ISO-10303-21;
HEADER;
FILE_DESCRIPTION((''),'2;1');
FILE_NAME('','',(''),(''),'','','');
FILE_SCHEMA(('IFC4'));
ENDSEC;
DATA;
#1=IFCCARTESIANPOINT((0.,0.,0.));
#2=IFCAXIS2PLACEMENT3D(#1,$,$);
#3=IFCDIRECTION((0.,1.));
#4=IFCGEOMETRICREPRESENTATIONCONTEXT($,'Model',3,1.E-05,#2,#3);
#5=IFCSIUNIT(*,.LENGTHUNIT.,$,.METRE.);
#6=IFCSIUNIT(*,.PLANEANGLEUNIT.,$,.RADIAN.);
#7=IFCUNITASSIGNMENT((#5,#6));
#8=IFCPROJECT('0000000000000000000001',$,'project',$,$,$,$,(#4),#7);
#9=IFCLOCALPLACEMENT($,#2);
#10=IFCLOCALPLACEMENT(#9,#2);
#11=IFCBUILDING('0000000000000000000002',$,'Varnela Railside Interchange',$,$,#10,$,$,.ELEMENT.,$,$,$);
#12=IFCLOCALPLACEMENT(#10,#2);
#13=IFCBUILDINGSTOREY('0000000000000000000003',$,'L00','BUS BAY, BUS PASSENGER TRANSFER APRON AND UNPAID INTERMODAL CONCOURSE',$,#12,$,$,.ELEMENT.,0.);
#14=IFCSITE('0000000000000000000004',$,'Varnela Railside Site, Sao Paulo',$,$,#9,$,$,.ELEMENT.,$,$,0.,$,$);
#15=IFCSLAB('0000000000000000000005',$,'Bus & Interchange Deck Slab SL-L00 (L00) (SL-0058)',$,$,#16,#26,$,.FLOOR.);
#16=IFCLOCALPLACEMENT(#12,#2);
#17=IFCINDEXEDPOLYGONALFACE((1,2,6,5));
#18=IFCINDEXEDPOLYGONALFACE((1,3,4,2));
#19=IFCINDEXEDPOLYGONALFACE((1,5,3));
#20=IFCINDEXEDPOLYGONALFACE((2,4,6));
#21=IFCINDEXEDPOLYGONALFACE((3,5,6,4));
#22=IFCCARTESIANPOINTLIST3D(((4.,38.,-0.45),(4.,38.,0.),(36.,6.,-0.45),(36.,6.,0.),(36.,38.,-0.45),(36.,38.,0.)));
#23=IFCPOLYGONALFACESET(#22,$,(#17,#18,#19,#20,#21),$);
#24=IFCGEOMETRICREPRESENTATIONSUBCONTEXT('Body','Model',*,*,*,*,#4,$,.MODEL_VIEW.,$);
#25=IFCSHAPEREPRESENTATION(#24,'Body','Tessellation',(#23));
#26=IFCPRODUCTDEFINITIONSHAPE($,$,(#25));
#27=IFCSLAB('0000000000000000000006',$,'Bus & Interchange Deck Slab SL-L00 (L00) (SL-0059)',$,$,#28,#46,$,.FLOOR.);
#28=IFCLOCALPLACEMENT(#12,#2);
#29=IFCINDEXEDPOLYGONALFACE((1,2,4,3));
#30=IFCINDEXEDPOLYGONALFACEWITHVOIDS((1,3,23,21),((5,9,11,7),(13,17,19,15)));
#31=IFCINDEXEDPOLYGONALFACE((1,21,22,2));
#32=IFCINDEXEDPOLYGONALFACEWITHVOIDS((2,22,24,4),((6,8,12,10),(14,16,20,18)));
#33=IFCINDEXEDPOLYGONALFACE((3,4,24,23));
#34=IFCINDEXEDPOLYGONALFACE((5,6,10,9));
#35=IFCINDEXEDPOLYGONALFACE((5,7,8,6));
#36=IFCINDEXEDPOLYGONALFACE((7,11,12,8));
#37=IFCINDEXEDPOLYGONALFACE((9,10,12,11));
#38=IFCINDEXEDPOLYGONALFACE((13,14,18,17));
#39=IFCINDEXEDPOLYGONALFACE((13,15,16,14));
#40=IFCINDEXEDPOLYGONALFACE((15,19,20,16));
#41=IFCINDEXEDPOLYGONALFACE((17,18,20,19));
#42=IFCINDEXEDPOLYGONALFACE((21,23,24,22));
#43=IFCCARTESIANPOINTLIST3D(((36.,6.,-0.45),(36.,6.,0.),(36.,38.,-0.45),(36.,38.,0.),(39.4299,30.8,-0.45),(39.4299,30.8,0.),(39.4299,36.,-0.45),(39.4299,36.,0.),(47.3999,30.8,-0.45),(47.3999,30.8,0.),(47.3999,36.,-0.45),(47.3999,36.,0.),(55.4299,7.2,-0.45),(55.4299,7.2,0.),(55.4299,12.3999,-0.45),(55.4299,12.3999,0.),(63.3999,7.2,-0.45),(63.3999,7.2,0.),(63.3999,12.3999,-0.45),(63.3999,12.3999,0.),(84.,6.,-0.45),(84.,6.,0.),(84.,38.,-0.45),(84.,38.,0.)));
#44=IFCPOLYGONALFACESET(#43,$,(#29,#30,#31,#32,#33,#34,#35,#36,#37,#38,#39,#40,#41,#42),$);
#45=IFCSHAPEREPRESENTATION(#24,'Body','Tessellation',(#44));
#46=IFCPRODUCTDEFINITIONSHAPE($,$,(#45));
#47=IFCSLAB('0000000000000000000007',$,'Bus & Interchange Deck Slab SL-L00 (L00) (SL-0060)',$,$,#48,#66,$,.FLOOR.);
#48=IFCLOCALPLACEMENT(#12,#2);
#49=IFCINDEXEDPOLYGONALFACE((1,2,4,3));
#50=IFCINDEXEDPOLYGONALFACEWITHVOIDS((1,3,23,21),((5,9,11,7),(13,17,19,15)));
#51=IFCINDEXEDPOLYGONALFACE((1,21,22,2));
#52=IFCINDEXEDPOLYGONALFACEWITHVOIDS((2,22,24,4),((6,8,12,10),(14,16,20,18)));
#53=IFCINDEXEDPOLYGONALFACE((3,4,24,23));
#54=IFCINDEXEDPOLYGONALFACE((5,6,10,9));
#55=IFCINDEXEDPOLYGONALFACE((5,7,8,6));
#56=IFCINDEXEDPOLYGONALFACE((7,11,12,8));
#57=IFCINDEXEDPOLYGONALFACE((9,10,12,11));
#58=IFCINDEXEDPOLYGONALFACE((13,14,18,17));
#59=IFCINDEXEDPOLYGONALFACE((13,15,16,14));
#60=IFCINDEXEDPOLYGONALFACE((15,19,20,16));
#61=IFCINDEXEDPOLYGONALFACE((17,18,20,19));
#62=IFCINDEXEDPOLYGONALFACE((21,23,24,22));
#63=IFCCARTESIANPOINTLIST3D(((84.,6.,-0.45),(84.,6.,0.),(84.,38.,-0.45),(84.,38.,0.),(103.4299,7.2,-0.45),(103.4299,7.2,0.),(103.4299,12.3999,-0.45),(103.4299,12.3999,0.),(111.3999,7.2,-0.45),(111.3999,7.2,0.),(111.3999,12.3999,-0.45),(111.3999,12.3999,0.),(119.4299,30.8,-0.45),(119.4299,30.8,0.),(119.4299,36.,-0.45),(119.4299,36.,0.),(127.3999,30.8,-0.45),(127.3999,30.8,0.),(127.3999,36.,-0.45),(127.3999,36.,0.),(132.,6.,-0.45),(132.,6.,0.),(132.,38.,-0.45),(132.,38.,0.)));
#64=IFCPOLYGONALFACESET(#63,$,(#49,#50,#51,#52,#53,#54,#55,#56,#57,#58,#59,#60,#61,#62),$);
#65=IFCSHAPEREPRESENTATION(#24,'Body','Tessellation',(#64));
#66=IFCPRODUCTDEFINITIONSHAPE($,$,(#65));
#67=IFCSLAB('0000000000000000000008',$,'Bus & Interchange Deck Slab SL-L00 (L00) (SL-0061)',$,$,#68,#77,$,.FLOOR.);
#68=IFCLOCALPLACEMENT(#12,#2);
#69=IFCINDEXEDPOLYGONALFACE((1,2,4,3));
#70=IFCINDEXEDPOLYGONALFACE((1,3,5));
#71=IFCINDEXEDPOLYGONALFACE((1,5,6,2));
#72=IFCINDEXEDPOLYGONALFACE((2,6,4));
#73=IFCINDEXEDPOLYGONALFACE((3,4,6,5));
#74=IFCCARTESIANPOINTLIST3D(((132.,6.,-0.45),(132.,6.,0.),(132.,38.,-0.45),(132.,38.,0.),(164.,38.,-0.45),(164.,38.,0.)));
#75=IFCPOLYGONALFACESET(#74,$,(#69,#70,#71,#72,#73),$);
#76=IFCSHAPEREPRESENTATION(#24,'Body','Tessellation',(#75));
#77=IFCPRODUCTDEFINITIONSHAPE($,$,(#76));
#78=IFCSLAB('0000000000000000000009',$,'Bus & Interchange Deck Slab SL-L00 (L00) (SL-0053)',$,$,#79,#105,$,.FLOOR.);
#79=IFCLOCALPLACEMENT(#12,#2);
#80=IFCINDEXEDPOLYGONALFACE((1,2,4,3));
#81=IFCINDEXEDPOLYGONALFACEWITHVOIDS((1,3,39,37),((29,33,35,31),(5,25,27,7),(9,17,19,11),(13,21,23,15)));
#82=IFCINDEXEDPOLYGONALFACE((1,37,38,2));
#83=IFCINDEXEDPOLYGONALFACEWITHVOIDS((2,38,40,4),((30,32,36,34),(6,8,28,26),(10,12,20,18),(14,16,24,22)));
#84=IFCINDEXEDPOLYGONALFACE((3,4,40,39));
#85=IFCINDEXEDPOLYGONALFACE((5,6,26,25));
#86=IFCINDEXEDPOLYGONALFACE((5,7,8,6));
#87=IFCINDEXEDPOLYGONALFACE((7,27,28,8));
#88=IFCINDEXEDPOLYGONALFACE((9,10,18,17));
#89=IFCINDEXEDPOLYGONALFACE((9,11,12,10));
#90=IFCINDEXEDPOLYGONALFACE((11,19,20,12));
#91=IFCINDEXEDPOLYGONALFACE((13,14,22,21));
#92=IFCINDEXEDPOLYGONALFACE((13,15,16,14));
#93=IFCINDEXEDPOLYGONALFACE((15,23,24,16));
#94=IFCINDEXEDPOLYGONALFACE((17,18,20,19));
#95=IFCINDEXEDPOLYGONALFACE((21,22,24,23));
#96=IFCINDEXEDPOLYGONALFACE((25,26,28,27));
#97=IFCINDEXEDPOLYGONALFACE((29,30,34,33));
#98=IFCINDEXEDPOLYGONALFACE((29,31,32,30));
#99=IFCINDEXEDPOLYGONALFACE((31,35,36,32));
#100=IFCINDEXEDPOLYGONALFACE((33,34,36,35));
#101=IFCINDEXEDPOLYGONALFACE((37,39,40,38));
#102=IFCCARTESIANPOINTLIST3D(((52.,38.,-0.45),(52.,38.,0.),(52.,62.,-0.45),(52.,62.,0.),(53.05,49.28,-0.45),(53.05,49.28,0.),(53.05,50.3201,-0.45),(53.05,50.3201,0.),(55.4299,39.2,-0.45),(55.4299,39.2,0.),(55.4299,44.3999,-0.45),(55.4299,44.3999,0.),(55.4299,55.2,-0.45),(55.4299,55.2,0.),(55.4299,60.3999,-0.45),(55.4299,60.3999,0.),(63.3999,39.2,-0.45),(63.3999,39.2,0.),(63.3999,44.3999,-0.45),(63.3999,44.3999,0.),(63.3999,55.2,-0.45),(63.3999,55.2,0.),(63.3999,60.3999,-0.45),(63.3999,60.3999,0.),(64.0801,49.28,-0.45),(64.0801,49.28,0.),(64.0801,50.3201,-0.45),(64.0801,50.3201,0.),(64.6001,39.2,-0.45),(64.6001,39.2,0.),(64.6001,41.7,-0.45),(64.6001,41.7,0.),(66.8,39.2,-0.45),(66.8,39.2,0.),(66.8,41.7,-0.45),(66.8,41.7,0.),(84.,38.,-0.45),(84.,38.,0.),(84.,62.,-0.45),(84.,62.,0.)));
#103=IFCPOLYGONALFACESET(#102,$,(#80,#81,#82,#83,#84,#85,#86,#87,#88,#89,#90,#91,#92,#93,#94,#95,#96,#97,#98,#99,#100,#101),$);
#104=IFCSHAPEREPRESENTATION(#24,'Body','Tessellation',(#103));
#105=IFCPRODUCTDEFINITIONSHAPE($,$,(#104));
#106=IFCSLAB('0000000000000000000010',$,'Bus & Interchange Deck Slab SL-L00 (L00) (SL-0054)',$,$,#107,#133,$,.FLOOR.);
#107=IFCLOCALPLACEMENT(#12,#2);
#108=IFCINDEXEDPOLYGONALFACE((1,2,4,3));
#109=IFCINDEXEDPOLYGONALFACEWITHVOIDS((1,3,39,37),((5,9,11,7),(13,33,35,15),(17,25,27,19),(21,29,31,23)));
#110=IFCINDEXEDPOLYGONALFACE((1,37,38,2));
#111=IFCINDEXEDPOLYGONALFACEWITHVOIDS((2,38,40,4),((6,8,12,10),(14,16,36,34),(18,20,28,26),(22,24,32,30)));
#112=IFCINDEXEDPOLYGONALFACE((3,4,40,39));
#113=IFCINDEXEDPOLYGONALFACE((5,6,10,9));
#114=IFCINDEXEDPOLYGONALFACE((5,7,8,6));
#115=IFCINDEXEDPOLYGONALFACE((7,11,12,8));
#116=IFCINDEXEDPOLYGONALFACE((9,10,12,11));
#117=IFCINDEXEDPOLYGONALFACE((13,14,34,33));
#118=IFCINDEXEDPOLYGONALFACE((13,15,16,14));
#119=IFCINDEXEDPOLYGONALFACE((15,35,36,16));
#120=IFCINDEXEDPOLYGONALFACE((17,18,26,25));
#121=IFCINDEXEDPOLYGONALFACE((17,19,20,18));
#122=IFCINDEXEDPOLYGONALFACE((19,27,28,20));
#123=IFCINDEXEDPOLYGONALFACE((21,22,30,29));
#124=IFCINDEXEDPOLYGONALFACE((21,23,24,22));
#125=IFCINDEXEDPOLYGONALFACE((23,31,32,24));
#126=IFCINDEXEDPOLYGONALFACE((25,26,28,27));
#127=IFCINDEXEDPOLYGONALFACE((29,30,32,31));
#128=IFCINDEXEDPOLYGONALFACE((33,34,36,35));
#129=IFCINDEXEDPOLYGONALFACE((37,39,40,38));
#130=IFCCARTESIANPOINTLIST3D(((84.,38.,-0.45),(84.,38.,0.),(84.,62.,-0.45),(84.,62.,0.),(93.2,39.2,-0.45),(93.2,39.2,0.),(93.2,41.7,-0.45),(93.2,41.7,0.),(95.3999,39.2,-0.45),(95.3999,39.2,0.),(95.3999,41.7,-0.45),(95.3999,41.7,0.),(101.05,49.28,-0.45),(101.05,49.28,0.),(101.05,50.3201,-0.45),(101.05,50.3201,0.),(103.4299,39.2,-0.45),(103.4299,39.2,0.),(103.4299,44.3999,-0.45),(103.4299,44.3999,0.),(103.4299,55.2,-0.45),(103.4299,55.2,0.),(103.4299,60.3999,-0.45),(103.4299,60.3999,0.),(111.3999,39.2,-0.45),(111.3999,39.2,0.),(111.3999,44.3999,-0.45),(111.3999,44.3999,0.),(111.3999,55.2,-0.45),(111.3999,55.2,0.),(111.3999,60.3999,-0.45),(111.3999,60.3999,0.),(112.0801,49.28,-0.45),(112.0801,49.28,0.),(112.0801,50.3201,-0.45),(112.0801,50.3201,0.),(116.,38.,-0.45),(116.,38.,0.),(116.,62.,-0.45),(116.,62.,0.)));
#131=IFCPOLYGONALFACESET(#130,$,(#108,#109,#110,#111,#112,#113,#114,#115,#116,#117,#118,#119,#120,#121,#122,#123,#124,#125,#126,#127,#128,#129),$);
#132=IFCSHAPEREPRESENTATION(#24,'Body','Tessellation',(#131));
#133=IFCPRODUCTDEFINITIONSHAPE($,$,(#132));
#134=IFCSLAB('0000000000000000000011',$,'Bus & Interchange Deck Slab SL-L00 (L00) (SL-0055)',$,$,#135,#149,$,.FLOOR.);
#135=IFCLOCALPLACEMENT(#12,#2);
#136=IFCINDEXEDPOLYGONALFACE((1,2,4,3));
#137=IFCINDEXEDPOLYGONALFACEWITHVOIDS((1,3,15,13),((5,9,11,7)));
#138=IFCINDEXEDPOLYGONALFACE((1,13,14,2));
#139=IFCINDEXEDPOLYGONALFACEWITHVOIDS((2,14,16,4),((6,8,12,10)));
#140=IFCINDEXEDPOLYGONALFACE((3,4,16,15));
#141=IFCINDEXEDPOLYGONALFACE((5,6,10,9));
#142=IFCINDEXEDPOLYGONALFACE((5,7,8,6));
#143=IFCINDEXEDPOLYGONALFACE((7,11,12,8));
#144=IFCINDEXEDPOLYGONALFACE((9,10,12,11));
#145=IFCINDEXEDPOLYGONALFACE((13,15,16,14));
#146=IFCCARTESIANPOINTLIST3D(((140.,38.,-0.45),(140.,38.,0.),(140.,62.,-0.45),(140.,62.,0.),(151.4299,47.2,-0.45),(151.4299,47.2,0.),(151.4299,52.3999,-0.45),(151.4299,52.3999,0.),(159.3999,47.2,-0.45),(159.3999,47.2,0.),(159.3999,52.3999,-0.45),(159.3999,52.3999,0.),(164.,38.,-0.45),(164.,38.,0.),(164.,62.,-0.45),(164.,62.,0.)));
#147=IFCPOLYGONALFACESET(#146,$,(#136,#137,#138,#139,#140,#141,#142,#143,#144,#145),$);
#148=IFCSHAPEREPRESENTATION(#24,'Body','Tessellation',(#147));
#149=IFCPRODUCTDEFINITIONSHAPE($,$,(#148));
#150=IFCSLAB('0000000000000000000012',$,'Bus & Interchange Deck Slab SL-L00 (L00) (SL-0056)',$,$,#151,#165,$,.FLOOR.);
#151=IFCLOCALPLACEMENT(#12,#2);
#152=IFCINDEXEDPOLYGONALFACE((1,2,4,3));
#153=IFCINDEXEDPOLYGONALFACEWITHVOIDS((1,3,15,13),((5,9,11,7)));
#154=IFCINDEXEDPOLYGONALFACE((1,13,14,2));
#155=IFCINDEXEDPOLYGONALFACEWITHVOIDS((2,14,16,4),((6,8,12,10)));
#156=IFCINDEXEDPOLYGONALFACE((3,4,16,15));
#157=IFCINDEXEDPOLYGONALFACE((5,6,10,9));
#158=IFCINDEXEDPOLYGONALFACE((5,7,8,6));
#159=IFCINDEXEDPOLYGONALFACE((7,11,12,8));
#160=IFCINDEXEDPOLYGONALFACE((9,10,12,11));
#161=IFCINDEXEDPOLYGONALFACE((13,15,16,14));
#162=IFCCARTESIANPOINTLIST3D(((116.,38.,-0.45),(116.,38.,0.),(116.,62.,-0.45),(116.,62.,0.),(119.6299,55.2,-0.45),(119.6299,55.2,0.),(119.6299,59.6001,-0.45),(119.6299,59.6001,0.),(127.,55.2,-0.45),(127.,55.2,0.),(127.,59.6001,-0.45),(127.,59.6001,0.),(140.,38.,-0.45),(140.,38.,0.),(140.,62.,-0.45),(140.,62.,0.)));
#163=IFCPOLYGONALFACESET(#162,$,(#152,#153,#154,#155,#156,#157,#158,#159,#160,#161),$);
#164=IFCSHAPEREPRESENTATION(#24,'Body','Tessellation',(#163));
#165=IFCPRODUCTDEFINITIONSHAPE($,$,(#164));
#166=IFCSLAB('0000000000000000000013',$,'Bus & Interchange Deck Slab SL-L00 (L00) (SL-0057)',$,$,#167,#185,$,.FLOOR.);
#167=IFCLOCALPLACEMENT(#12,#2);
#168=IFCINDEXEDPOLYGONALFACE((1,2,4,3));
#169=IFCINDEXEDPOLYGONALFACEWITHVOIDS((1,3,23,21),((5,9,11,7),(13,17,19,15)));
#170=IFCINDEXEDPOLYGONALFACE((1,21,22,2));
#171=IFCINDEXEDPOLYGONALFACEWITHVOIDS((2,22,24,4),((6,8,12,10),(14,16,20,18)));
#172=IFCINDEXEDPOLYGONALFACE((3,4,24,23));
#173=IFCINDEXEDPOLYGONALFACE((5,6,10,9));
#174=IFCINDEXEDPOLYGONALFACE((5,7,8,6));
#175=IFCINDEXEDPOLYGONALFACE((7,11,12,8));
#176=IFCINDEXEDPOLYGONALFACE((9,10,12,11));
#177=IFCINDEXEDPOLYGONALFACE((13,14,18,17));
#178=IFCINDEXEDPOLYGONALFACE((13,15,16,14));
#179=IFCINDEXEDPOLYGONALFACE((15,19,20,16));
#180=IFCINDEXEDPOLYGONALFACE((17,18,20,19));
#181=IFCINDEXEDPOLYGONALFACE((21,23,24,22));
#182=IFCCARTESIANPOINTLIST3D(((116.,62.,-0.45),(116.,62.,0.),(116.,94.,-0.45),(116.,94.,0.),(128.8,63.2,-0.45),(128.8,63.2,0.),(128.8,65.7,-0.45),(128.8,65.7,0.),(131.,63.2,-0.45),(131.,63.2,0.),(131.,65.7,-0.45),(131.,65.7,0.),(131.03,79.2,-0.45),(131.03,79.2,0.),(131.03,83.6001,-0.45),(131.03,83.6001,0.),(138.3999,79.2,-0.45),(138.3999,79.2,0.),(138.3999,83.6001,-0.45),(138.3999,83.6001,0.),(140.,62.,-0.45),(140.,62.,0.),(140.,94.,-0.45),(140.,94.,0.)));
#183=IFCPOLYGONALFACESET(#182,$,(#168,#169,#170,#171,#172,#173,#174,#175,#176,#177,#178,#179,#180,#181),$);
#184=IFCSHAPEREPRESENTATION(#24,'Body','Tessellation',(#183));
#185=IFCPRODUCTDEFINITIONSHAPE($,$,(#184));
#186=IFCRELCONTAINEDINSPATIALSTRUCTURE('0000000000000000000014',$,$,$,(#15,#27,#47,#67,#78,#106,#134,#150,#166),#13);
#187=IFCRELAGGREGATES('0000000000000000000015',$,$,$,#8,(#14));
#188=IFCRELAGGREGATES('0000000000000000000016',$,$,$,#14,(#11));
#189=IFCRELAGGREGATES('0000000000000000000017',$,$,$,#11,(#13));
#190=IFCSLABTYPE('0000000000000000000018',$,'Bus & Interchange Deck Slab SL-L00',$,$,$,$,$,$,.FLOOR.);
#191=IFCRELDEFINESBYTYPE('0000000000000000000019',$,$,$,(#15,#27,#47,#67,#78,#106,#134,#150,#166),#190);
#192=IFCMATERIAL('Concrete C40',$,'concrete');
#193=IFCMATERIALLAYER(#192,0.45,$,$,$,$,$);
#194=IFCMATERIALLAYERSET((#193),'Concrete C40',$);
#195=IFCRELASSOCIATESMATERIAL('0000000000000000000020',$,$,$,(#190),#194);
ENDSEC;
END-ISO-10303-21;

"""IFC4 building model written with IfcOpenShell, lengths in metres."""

from ifc_helpers import new_model, si_unit, direction, frame, origin, place, context, subcontext, project, spatial, polyline, outline, extrude, material, layer, layer_set, type_object, element, save


model = new_model("IFC4")

# Units and contexts
model_context = context("Model", 3, precision=1e-05, world=origin(), true_north=direction((0.0, 1.0)))
body_context = subcontext(model_context, "Body", "Model", "MODEL_VIEW")
ifc_project = project(units=[si_unit("LENGTHUNIT", "METRE"), si_unit("PLANEANGLEUNIT", "RADIAN")], contexts=[model_context])

# Site, building, storey
site_placement = place(None, origin())
site = spatial("IfcSite", under=ifc_project, at=site_placement, Name="Varnela Railside Site, Sao Paulo", CompositionType="ELEMENT", RefElevation=0.0)
building_placement = place(site_placement, origin())
building = spatial("IfcBuilding", under=site, at=building_placement, Name="Varnela Railside Interchange", CompositionType="ELEMENT")
storey_placement = place(building_placement, origin())
storey = spatial("IfcBuildingStorey", under=building, at=storey_placement, Name="L00", Description="BUS BAY, BUS PASSENGER TRANSFER APRON AND UNPAID INTERMODAL CONCOURSE", CompositionType="ELEMENT", Elevation=0.0)

# Slabs
ifc_material_1 = material(Name="Concrete C40", Category="concrete")
ifc_layer_1 = layer(ifc_material_1, 0.45)
ifc_layer_set_1 = layer_set([ifc_layer_1], Name="Concrete C40")
slab_type_1 = type_object("IfcSlabType", Name="Bus & Interchange Deck Slab SL-L00", PredefinedType="FLOOR", material=ifc_layer_set_1)
slab_1_placement = place(storey_placement, frame((0.0, 0.0, -0.45)))
element("IfcSlab", 1, at=slab_1_placement, inside=storey, type_object=slab_type_1, Name="Bus & Interchange Deck Slab SL-L00 (L00) (SL-0058)", PredefinedType="FLOOR", context=body_context, shape_type="SweptSolid", body=[
    extrude(outline(polyline([(4.0, 38.0), (36.0, 6.0), (36.0, 38.0), (4.0, 38.0)])), origin(), (0.0, 0.0, 1.0), 0.45),
])
slab_2_placement = place(storey_placement, frame((0.0, 0.0, -0.45)))
element("IfcSlab", 2, at=slab_2_placement, inside=storey, type_object=slab_type_1, Name="Bus & Interchange Deck Slab SL-L00 (L00) (SL-0059)", PredefinedType="FLOOR", context=body_context, shape_type="SweptSolid", body=[
    extrude(outline(polyline([(36.0, 6.0), (84.0, 6.0), (84.0, 38.0), (36.0, 38.0), (36.0, 6.0)]), holes=[polyline([(39.4299, 30.8), (47.3999, 30.8), (47.3999, 36.0), (39.4299, 36.0), (39.4299, 30.8)]), polyline([(55.4299, 7.2), (63.3999, 7.2), (63.3999, 12.3999), (55.4299, 12.3999), (55.4299, 7.2)])]), origin(), (0.0, 0.0, 1.0), 0.45),
])
slab_3_placement = place(storey_placement, frame((0.0, 0.0, -0.45)))
element("IfcSlab", 3, at=slab_3_placement, inside=storey, type_object=slab_type_1, Name="Bus & Interchange Deck Slab SL-L00 (L00) (SL-0060)", PredefinedType="FLOOR", context=body_context, shape_type="SweptSolid", body=[
    extrude(outline(polyline([(84.0, 6.0), (132.0, 6.0), (132.0, 38.0), (84.0, 38.0), (84.0, 6.0)]), holes=[polyline([(119.4299, 30.8), (127.3999, 30.8), (127.3999, 36.0), (119.4299, 36.0), (119.4299, 30.8)]), polyline([(103.4299, 7.2), (111.3999, 7.2), (111.3999, 12.3999), (103.4299, 12.3999), (103.4299, 7.2)])]), origin(), (0.0, 0.0, 1.0), 0.45),
])
slab_4_placement = place(storey_placement, frame((0.0, 0.0, -0.45)))
element("IfcSlab", 4, at=slab_4_placement, inside=storey, type_object=slab_type_1, Name="Bus & Interchange Deck Slab SL-L00 (L00) (SL-0061)", PredefinedType="FLOOR", context=body_context, shape_type="SweptSolid", body=[
    extrude(outline(polyline([(132.0, 6.0), (164.0, 38.0), (132.0, 38.0), (132.0, 6.0)])), origin(), (0.0, 0.0, 1.0), 0.45),
])
slab_5_placement = place(storey_placement, frame((0.0, 0.0, -0.45)))
element("IfcSlab", 5, at=slab_5_placement, inside=storey, type_object=slab_type_1, Name="Bus & Interchange Deck Slab SL-L00 (L00) (SL-0053)", PredefinedType="FLOOR", context=body_context, shape_type="SweptSolid", body=[
    extrude(outline(polyline([(52.0, 38.0), (84.0, 38.0), (84.0, 62.0), (52.0, 62.0), (52.0, 38.0)]), holes=[polyline([(55.4299, 39.2), (63.3999, 39.2), (63.3999, 44.3999), (55.4299, 44.3999), (55.4299, 39.2)]), polyline([(55.4299, 55.2), (63.3999, 55.2), (63.3999, 60.3999), (55.4299, 60.3999), (55.4299, 55.2)]), polyline([(64.6001, 39.2), (66.8, 39.2), (66.8, 41.7), (64.6001, 41.7), (64.6001, 39.2)]), polyline([(53.05, 49.28), (64.0801, 49.28), (64.0801, 50.3201), (53.05, 50.3201), (53.05, 49.28)])]), origin(), (0.0, 0.0, 1.0), 0.45),
])
slab_6_placement = place(storey_placement, frame((0.0, 0.0, -0.45)))
element("IfcSlab", 6, at=slab_6_placement, inside=storey, type_object=slab_type_1, Name="Bus & Interchange Deck Slab SL-L00 (L00) (SL-0054)", PredefinedType="FLOOR", context=body_context, shape_type="SweptSolid", body=[
    extrude(outline(polyline([(84.0, 38.0), (116.0, 38.0), (116.0, 62.0), (84.0, 62.0), (84.0, 38.0)]), holes=[polyline([(103.4299, 39.2), (111.3999, 39.2), (111.3999, 44.3999), (103.4299, 44.3999), (103.4299, 39.2)]), polyline([(103.4299, 55.2), (111.3999, 55.2), (111.3999, 60.3999), (103.4299, 60.3999), (103.4299, 55.2)]), polyline([(93.2, 39.2), (95.3999, 39.2), (95.3999, 41.7), (93.2, 41.7), (93.2, 39.2)]), polyline([(101.05, 49.28), (112.0801, 49.28), (112.0801, 50.3201), (101.05, 50.3201), (101.05, 49.28)])]), origin(), (0.0, 0.0, 1.0), 0.45),
])
slab_7_placement = place(storey_placement, frame((0.0, 0.0, -0.45)))
element("IfcSlab", 7, at=slab_7_placement, inside=storey, type_object=slab_type_1, Name="Bus & Interchange Deck Slab SL-L00 (L00) (SL-0055)", PredefinedType="FLOOR", context=body_context, shape_type="SweptSolid", body=[
    extrude(outline(polyline([(140.0, 38.0), (164.0, 38.0), (164.0, 62.0), (140.0, 62.0), (140.0, 38.0)]), holes=[polyline([(151.4299, 47.2), (159.3999, 47.2), (159.3999, 52.3999), (151.4299, 52.3999), (151.4299, 47.2)])]), origin(), (0.0, 0.0, 1.0), 0.45),
])
slab_8_placement = place(storey_placement, frame((0.0, 0.0, -0.45)))
element("IfcSlab", 8, at=slab_8_placement, inside=storey, type_object=slab_type_1, Name="Bus & Interchange Deck Slab SL-L00 (L00) (SL-0056)", PredefinedType="FLOOR", context=body_context, shape_type="SweptSolid", body=[
    extrude(outline(polyline([(116.0, 38.0), (140.0, 38.0), (140.0, 62.0), (116.0, 62.0), (116.0, 38.0)]), holes=[polyline([(119.6299, 55.2), (127.0, 55.2), (127.0, 59.6001), (119.6299, 59.6001), (119.6299, 55.2)])]), origin(), (0.0, 0.0, 1.0), 0.45),
])
slab_9_placement = place(storey_placement, frame((0.0, 0.0, -0.45)))
element("IfcSlab", 9, at=slab_9_placement, inside=storey, type_object=slab_type_1, Name="Bus & Interchange Deck Slab SL-L00 (L00) (SL-0057)", PredefinedType="FLOOR", context=body_context, shape_type="SweptSolid", body=[
    extrude(outline(polyline([(116.0, 62.0), (140.0, 62.0), (140.0, 94.0), (116.0, 94.0), (116.0, 62.0)]), holes=[polyline([(131.03, 79.2), (138.3999, 79.2), (138.3999, 83.6001), (131.03, 83.6001), (131.03, 79.2)]), polyline([(128.8, 63.2), (131.0, 63.2), (131.0, 65.7), (128.8, 65.7), (128.8, 63.2)])]), origin(), (0.0, 0.0, 1.0), 0.45),
])

save(model, "model.ifc")
